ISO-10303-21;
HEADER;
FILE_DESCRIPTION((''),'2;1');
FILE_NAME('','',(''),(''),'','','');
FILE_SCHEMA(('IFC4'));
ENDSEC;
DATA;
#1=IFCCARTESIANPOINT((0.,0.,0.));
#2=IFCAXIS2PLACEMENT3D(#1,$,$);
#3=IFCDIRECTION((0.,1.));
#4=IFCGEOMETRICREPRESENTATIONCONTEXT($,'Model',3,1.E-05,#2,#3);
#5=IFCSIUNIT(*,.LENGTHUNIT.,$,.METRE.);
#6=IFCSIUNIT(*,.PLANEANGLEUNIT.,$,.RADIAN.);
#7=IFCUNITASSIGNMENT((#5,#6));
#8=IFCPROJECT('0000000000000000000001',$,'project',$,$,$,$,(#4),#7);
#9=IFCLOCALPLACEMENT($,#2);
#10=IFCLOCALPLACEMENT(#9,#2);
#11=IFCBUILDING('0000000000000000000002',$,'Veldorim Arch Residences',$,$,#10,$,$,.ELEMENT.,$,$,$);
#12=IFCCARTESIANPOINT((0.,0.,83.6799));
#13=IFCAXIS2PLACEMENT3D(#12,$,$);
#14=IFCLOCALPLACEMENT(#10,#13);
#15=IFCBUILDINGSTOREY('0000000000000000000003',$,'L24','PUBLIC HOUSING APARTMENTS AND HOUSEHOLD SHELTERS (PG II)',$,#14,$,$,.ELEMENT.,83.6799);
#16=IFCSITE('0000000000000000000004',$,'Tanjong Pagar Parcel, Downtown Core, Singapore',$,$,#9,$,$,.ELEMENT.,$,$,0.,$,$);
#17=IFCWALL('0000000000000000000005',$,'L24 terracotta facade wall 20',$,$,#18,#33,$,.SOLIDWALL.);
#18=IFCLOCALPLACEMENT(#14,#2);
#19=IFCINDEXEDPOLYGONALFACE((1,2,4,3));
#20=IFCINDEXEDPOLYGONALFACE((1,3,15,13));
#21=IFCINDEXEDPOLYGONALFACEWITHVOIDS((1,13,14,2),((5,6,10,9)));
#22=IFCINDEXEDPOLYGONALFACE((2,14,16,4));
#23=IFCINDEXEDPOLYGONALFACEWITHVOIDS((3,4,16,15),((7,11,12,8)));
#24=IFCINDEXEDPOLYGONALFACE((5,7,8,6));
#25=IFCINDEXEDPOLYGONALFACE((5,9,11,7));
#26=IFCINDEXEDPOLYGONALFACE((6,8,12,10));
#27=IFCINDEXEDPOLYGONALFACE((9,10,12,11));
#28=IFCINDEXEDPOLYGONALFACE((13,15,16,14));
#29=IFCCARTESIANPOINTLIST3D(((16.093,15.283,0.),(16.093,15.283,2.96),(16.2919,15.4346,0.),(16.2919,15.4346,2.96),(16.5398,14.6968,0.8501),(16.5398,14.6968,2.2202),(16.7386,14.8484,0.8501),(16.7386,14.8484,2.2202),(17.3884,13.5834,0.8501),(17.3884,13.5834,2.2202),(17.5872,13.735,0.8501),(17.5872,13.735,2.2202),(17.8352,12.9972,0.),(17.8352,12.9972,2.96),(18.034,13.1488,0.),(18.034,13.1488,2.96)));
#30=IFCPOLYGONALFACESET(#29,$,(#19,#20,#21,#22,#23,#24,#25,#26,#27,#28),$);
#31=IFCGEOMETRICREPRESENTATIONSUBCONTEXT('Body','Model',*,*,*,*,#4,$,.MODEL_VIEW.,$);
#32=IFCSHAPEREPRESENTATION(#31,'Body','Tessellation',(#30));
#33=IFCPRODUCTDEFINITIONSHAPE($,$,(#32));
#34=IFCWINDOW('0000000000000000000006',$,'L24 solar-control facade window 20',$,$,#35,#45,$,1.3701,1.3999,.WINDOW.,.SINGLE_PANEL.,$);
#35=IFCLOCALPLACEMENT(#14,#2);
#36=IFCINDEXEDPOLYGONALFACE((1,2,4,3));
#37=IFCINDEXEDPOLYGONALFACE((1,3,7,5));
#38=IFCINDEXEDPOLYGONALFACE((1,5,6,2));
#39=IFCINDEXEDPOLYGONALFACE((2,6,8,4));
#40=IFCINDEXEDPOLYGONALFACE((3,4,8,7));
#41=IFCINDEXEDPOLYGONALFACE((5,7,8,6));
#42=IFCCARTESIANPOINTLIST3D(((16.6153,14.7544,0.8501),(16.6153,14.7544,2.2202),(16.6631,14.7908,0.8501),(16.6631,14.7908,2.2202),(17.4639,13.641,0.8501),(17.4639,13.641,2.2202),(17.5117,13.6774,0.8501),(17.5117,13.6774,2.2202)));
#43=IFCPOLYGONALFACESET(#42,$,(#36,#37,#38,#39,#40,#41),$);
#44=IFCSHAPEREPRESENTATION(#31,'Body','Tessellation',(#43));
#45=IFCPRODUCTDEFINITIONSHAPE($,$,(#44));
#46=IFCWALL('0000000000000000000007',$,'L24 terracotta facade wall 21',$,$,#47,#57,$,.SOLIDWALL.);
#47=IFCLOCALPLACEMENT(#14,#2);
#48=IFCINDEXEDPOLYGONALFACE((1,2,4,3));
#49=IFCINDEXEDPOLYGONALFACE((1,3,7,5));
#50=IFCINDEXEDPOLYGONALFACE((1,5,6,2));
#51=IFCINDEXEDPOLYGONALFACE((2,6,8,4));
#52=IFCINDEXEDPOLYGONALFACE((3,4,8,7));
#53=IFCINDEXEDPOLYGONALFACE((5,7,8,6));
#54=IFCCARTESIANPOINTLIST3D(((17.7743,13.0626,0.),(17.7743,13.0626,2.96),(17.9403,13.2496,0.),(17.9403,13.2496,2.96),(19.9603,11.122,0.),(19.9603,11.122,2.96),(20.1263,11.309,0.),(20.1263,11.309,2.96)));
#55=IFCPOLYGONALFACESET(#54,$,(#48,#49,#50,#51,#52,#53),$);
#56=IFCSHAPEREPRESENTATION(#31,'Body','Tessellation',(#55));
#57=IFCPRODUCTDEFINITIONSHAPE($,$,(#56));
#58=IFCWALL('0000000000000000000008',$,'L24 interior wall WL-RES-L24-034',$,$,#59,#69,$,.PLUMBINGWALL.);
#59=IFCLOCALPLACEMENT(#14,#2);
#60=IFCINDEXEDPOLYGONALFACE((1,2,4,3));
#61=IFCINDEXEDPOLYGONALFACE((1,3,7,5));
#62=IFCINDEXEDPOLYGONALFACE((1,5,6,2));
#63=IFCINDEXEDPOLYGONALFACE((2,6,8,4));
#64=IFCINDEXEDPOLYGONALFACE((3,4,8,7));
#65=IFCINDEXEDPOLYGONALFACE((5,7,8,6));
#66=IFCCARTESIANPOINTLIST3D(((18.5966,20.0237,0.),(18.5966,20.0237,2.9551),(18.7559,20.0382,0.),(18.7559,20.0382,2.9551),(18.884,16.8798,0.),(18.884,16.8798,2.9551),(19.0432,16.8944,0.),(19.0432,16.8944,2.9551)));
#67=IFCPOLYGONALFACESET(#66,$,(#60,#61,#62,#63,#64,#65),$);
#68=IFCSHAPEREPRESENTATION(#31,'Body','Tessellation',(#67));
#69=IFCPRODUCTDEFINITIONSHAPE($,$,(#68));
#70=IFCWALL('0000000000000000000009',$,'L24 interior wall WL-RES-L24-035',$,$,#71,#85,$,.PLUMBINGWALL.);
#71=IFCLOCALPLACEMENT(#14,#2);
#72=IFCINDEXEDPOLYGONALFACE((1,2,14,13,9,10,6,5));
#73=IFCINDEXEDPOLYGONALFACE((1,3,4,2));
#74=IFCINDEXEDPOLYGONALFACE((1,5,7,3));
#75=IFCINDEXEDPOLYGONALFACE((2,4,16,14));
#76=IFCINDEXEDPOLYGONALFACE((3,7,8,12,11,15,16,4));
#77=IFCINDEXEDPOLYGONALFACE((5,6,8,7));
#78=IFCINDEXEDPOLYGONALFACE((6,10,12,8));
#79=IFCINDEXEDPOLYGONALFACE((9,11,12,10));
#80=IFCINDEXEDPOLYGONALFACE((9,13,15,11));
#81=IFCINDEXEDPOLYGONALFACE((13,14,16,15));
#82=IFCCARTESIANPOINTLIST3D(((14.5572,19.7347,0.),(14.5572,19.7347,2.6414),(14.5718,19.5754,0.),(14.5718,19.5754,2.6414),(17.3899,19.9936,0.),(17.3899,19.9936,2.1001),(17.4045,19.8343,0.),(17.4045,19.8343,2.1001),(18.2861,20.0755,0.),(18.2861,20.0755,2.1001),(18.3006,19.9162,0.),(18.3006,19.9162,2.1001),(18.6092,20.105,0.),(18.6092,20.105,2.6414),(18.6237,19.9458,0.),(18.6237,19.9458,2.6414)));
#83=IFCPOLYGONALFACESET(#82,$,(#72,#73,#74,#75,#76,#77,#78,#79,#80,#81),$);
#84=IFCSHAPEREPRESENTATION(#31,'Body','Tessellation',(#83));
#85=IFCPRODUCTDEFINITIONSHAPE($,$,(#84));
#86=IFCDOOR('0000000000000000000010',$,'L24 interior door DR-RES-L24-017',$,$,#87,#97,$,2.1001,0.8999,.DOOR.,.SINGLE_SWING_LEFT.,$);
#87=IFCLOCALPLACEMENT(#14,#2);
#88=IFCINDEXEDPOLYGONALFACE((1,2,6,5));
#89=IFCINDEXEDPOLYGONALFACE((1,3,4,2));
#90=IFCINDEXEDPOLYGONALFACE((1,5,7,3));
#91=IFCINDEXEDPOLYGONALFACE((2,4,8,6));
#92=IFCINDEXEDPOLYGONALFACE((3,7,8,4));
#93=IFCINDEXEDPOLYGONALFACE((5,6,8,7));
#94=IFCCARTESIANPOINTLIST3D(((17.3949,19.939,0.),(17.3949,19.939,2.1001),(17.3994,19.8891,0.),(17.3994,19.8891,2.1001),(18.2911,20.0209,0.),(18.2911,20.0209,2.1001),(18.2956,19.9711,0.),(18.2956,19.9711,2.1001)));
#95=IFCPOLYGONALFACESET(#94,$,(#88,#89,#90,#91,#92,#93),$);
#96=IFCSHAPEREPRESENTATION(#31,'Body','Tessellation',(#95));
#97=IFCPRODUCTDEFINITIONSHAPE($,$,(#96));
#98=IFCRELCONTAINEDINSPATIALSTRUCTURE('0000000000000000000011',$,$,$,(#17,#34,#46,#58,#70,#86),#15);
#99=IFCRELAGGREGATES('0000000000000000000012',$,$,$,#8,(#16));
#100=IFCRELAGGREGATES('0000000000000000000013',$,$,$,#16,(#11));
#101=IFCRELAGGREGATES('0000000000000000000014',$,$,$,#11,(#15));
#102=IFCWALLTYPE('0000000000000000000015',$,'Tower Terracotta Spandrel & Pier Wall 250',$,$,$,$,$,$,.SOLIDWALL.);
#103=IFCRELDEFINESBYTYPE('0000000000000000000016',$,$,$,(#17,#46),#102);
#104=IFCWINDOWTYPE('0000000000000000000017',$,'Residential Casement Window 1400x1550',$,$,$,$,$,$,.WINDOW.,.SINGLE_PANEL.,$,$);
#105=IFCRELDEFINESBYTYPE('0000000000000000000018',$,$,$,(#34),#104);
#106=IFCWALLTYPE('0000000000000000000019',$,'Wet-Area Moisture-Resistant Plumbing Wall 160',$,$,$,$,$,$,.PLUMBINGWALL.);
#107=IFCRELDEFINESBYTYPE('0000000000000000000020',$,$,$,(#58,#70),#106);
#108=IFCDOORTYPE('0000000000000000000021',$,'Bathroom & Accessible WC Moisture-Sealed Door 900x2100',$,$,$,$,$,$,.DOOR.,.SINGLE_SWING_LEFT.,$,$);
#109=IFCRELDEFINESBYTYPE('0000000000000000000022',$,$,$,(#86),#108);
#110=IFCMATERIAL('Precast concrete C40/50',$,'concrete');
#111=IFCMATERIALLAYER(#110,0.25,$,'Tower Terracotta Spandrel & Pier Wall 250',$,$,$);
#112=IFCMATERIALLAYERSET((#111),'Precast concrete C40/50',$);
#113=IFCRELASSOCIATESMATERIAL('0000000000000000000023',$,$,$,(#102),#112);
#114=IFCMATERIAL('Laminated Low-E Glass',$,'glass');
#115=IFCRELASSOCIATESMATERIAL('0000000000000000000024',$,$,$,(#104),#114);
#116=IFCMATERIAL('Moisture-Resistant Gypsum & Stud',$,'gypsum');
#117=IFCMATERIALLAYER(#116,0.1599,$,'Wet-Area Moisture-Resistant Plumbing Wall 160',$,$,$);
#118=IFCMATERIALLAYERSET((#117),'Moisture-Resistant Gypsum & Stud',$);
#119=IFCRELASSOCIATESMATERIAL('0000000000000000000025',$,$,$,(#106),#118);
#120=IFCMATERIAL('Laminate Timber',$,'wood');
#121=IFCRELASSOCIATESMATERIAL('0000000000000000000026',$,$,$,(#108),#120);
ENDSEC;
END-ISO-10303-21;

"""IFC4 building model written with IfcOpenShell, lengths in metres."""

from ifc_helpers import new_model, si_unit, direction, frame, frame_2d, origin, place, context, subcontext, project, spatial, rectangle, extrude, material, layer, layer_set, type_object, element, fill, save


model = new_model("IFC4")

# Units and contexts
model_context = context("Model", 3, precision=1e-05, world=origin(), true_north=direction((0.0, 1.0)))
body_context = subcontext(model_context, "Body", "Model", "MODEL_VIEW")
ifc_project = project(units=[si_unit("LENGTHUNIT", "METRE"), si_unit("PLANEANGLEUNIT", "RADIAN")], contexts=[model_context])

# Site, building, storey
site_placement = place(None, origin())
site = spatial("IfcSite", under=ifc_project, at=site_placement, Name="Tanjong Pagar Parcel, Downtown Core, Singapore", CompositionType="ELEMENT", RefElevation=0.0)
building_placement = place(site_placement, origin())
building = spatial("IfcBuilding", under=site, at=building_placement, Name="Veldorim Arch Residences", CompositionType="ELEMENT")
storey_placement = place(building_placement, frame((0.0, 0.0, 83.6799)))
storey = spatial("IfcBuildingStorey", under=building, at=storey_placement, Name="L24", Description="PUBLIC HOUSING APARTMENTS AND HOUSEHOLD SHELTERS (PG II)", CompositionType="ELEMENT", Elevation=83.6799)

# Wall, opening, window
ifc_material_1 = material(Name="Precast concrete C40/50", Category="concrete")
ifc_layer_1 = layer(ifc_material_1, 0.25, Name="Tower Terracotta Spandrel & Pier Wall 250")
ifc_layer_set_1 = layer_set([ifc_layer_1], Name="Precast concrete C40/50")
wall_type_1 = type_object("IfcWallType", Name="Tower Terracotta Spandrel & Pier Wall 250", PredefinedType="SOLIDWALL", material=ifc_layer_set_1)
wall_1_placement = place(storey_placement, frame((17.9346, 13.073, 0.0), z_axis=(0.0, 0.0, 1.0), x_axis=(-0.606166, 0.795338, 0.0)))
wall_1 = element("IfcWall", 1, at=wall_1_placement, inside=storey, type_object=wall_type_1, Name="L24 terracotta facade wall 20", PredefinedType="SOLIDWALL", context=body_context, shape_type="SweptSolid", body=[
    extrude(rectangle(XDim=2.874, YDim=0.25, at=frame_2d((1.437, 0.0))), origin(), (0.0, 0.0, 1.0), 2.96),
])
opening_1_placement = place(wall_1_placement, frame((0.7371, 0.0, 0.8501)))
opening_1 = element("IfcOpeningElement", 2, at=opening_1_placement, cuts=wall_1, PredefinedType="OPENING", context=body_context, shape_type="SweptSolid", body=[
    extrude(rectangle(XDim=1.3999, YDim=1.3701, at=frame_2d((0.7, 0.6851))), frame((0.0, 0.135, 0.0), z_axis=(0.0, -1.0, 0.0), x_axis=(1.0, 0.0, 0.0)), (0.0, 0.0, 1.0), 0.27),
])
ifc_material_2 = material(Name="Laminated Low-E Glass", Category="glass")
window_type = type_object("IfcWindowType", Name="Residential Casement Window 1400x1550", PartitioningType="SINGLE_PANEL", PredefinedType="WINDOW", material=ifc_material_2)
window_placement = place(opening_1_placement, origin())
window = element("IfcWindow", 3, at=window_placement, inside=storey, type_object=window_type, Name="L24 solar-control facade window 20", OverallHeight=1.3701, OverallWidth=1.3999, PartitioningType="SINGLE_PANEL", PredefinedType="WINDOW", context=body_context, shape_type="SweptSolid", body=[
    extrude(rectangle(XDim=1.3999, YDim=1.3701, at=frame_2d((0.7, 0.6851))), frame((0.0, 0.03, 0.0), z_axis=(0.0, -1.0, 0.0), x_axis=(1.0, 0.0, 0.0)), (0.0, 0.0, 1.0), 0.0601),
])
fill(opening_1, window)

# Walls
wall_2_placement = place(storey_placement, frame((20.0432, 11.2156, 0.0), z_axis=(0.0, 0.0, 1.0), x_axis=(-0.747828, 0.663892, 0.0)))
element("IfcWall", 4, at=wall_2_placement, inside=storey, type_object=wall_type_1, Name="L24 terracotta facade wall 21", PredefinedType="SOLIDWALL", context=body_context, shape_type="SweptSolid", body=[
    extrude(rectangle(XDim=2.9231, YDim=0.25, at=frame_2d((1.4614, 0.0))), origin(), (0.0, 0.0, 1.0), 2.96),
])
ifc_material_3 = material(Name="Moisture-Resistant Gypsum & Stud", Category="gypsum")
ifc_layer_2 = layer(ifc_material_3, 0.1599, Name="Wet-Area Moisture-Resistant Plumbing Wall 160")
ifc_layer_set_2 = layer_set([ifc_layer_2], Name="Moisture-Resistant Gypsum & Stud")
wall_type_2 = type_object("IfcWallType", Name="Wet-Area Moisture-Resistant Plumbing Wall 160", PredefinedType="PLUMBINGWALL", material=ifc_layer_set_2)
wall_3_placement = place(storey_placement, frame((18.9636, 16.887, 0.0), z_axis=(0.0, 0.0, 1.0), x_axis=(-0.091024, 0.995849, 0.0)))
element("IfcWall", 5, at=wall_3_placement, inside=storey, type_object=wall_type_2, Name="L24 interior wall WL-RES-L24-034", PredefinedType="PLUMBINGWALL", context=body_context, shape_type="SweptSolid", body=[
    extrude(rectangle(XDim=3.157, YDim=0.1599, at=frame_2d((1.5786, 0.0))), origin(), (0.0, 0.0, 1.0), 2.9551),
])

# Wall, opening, door
wall_4_placement = place(storey_placement, frame((18.6165, 20.0254, 0.0), z_axis=(0.0, 0.0, 1.0), x_axis=(-0.995849, -0.091023, 0.0)))
wall_4 = element("IfcWall", 6, at=wall_4_placement, inside=storey, type_object=wall_type_2, Name="L24 interior wall WL-RES-L24-035", PredefinedType="PLUMBINGWALL", context=body_context, shape_type="SweptSolid", body=[
    extrude(rectangle(XDim=4.0688, YDim=0.1599, at=frame_2d((2.0344, 0.0))), origin(), (0.0, 0.0, 1.0), 2.6414),
])
opening_2_placement = place(wall_4_placement, frame((0.3245, 0.0, 0.0)))
opening_2 = element("IfcOpeningElement", 7, at=opening_2_placement, cuts=wall_4, PredefinedType="OPENING", context=body_context, shape_type="SweptSolid", body=[
    extrude(rectangle(XDim=0.8999, YDim=2.1001, at=frame_2d((0.45, 1.05))), frame((0.0, 0.0898, 0.0), z_axis=(0.0, -1.0, 0.0), x_axis=(1.0, 0.0, 0.0)), (0.0, 0.0, 1.0), 0.1799),
])
ifc_material_4 = material(Name="Laminate Timber", Category="wood")
door_type = type_object("IfcDoorType", Name="Bathroom & Accessible WC Moisture-Sealed Door 900x2100", OperationType="SINGLE_SWING_LEFT", PredefinedType="DOOR", material=ifc_material_4)
door_placement = place(opening_2_placement, origin())
door = element("IfcDoor", 8, at=door_placement, inside=storey, type_object=door_type, Name="L24 interior door DR-RES-L24-017", OperationType="SINGLE_SWING_LEFT", OverallHeight=2.1001, OverallWidth=0.8999, PredefinedType="DOOR", context=body_context, shape_type="SweptSolid", body=[
    extrude(rectangle(XDim=0.8999, YDim=2.1001, at=frame_2d((0.45, 1.05))), frame((0.0, 0.0249, 0.0), z_axis=(0.0, -1.0, 0.0), x_axis=(1.0, 0.0, 0.0)), (0.0, 0.0, 1.0), 0.05),
])
fill(opening_2, door)

save(model, "model.ifc")
